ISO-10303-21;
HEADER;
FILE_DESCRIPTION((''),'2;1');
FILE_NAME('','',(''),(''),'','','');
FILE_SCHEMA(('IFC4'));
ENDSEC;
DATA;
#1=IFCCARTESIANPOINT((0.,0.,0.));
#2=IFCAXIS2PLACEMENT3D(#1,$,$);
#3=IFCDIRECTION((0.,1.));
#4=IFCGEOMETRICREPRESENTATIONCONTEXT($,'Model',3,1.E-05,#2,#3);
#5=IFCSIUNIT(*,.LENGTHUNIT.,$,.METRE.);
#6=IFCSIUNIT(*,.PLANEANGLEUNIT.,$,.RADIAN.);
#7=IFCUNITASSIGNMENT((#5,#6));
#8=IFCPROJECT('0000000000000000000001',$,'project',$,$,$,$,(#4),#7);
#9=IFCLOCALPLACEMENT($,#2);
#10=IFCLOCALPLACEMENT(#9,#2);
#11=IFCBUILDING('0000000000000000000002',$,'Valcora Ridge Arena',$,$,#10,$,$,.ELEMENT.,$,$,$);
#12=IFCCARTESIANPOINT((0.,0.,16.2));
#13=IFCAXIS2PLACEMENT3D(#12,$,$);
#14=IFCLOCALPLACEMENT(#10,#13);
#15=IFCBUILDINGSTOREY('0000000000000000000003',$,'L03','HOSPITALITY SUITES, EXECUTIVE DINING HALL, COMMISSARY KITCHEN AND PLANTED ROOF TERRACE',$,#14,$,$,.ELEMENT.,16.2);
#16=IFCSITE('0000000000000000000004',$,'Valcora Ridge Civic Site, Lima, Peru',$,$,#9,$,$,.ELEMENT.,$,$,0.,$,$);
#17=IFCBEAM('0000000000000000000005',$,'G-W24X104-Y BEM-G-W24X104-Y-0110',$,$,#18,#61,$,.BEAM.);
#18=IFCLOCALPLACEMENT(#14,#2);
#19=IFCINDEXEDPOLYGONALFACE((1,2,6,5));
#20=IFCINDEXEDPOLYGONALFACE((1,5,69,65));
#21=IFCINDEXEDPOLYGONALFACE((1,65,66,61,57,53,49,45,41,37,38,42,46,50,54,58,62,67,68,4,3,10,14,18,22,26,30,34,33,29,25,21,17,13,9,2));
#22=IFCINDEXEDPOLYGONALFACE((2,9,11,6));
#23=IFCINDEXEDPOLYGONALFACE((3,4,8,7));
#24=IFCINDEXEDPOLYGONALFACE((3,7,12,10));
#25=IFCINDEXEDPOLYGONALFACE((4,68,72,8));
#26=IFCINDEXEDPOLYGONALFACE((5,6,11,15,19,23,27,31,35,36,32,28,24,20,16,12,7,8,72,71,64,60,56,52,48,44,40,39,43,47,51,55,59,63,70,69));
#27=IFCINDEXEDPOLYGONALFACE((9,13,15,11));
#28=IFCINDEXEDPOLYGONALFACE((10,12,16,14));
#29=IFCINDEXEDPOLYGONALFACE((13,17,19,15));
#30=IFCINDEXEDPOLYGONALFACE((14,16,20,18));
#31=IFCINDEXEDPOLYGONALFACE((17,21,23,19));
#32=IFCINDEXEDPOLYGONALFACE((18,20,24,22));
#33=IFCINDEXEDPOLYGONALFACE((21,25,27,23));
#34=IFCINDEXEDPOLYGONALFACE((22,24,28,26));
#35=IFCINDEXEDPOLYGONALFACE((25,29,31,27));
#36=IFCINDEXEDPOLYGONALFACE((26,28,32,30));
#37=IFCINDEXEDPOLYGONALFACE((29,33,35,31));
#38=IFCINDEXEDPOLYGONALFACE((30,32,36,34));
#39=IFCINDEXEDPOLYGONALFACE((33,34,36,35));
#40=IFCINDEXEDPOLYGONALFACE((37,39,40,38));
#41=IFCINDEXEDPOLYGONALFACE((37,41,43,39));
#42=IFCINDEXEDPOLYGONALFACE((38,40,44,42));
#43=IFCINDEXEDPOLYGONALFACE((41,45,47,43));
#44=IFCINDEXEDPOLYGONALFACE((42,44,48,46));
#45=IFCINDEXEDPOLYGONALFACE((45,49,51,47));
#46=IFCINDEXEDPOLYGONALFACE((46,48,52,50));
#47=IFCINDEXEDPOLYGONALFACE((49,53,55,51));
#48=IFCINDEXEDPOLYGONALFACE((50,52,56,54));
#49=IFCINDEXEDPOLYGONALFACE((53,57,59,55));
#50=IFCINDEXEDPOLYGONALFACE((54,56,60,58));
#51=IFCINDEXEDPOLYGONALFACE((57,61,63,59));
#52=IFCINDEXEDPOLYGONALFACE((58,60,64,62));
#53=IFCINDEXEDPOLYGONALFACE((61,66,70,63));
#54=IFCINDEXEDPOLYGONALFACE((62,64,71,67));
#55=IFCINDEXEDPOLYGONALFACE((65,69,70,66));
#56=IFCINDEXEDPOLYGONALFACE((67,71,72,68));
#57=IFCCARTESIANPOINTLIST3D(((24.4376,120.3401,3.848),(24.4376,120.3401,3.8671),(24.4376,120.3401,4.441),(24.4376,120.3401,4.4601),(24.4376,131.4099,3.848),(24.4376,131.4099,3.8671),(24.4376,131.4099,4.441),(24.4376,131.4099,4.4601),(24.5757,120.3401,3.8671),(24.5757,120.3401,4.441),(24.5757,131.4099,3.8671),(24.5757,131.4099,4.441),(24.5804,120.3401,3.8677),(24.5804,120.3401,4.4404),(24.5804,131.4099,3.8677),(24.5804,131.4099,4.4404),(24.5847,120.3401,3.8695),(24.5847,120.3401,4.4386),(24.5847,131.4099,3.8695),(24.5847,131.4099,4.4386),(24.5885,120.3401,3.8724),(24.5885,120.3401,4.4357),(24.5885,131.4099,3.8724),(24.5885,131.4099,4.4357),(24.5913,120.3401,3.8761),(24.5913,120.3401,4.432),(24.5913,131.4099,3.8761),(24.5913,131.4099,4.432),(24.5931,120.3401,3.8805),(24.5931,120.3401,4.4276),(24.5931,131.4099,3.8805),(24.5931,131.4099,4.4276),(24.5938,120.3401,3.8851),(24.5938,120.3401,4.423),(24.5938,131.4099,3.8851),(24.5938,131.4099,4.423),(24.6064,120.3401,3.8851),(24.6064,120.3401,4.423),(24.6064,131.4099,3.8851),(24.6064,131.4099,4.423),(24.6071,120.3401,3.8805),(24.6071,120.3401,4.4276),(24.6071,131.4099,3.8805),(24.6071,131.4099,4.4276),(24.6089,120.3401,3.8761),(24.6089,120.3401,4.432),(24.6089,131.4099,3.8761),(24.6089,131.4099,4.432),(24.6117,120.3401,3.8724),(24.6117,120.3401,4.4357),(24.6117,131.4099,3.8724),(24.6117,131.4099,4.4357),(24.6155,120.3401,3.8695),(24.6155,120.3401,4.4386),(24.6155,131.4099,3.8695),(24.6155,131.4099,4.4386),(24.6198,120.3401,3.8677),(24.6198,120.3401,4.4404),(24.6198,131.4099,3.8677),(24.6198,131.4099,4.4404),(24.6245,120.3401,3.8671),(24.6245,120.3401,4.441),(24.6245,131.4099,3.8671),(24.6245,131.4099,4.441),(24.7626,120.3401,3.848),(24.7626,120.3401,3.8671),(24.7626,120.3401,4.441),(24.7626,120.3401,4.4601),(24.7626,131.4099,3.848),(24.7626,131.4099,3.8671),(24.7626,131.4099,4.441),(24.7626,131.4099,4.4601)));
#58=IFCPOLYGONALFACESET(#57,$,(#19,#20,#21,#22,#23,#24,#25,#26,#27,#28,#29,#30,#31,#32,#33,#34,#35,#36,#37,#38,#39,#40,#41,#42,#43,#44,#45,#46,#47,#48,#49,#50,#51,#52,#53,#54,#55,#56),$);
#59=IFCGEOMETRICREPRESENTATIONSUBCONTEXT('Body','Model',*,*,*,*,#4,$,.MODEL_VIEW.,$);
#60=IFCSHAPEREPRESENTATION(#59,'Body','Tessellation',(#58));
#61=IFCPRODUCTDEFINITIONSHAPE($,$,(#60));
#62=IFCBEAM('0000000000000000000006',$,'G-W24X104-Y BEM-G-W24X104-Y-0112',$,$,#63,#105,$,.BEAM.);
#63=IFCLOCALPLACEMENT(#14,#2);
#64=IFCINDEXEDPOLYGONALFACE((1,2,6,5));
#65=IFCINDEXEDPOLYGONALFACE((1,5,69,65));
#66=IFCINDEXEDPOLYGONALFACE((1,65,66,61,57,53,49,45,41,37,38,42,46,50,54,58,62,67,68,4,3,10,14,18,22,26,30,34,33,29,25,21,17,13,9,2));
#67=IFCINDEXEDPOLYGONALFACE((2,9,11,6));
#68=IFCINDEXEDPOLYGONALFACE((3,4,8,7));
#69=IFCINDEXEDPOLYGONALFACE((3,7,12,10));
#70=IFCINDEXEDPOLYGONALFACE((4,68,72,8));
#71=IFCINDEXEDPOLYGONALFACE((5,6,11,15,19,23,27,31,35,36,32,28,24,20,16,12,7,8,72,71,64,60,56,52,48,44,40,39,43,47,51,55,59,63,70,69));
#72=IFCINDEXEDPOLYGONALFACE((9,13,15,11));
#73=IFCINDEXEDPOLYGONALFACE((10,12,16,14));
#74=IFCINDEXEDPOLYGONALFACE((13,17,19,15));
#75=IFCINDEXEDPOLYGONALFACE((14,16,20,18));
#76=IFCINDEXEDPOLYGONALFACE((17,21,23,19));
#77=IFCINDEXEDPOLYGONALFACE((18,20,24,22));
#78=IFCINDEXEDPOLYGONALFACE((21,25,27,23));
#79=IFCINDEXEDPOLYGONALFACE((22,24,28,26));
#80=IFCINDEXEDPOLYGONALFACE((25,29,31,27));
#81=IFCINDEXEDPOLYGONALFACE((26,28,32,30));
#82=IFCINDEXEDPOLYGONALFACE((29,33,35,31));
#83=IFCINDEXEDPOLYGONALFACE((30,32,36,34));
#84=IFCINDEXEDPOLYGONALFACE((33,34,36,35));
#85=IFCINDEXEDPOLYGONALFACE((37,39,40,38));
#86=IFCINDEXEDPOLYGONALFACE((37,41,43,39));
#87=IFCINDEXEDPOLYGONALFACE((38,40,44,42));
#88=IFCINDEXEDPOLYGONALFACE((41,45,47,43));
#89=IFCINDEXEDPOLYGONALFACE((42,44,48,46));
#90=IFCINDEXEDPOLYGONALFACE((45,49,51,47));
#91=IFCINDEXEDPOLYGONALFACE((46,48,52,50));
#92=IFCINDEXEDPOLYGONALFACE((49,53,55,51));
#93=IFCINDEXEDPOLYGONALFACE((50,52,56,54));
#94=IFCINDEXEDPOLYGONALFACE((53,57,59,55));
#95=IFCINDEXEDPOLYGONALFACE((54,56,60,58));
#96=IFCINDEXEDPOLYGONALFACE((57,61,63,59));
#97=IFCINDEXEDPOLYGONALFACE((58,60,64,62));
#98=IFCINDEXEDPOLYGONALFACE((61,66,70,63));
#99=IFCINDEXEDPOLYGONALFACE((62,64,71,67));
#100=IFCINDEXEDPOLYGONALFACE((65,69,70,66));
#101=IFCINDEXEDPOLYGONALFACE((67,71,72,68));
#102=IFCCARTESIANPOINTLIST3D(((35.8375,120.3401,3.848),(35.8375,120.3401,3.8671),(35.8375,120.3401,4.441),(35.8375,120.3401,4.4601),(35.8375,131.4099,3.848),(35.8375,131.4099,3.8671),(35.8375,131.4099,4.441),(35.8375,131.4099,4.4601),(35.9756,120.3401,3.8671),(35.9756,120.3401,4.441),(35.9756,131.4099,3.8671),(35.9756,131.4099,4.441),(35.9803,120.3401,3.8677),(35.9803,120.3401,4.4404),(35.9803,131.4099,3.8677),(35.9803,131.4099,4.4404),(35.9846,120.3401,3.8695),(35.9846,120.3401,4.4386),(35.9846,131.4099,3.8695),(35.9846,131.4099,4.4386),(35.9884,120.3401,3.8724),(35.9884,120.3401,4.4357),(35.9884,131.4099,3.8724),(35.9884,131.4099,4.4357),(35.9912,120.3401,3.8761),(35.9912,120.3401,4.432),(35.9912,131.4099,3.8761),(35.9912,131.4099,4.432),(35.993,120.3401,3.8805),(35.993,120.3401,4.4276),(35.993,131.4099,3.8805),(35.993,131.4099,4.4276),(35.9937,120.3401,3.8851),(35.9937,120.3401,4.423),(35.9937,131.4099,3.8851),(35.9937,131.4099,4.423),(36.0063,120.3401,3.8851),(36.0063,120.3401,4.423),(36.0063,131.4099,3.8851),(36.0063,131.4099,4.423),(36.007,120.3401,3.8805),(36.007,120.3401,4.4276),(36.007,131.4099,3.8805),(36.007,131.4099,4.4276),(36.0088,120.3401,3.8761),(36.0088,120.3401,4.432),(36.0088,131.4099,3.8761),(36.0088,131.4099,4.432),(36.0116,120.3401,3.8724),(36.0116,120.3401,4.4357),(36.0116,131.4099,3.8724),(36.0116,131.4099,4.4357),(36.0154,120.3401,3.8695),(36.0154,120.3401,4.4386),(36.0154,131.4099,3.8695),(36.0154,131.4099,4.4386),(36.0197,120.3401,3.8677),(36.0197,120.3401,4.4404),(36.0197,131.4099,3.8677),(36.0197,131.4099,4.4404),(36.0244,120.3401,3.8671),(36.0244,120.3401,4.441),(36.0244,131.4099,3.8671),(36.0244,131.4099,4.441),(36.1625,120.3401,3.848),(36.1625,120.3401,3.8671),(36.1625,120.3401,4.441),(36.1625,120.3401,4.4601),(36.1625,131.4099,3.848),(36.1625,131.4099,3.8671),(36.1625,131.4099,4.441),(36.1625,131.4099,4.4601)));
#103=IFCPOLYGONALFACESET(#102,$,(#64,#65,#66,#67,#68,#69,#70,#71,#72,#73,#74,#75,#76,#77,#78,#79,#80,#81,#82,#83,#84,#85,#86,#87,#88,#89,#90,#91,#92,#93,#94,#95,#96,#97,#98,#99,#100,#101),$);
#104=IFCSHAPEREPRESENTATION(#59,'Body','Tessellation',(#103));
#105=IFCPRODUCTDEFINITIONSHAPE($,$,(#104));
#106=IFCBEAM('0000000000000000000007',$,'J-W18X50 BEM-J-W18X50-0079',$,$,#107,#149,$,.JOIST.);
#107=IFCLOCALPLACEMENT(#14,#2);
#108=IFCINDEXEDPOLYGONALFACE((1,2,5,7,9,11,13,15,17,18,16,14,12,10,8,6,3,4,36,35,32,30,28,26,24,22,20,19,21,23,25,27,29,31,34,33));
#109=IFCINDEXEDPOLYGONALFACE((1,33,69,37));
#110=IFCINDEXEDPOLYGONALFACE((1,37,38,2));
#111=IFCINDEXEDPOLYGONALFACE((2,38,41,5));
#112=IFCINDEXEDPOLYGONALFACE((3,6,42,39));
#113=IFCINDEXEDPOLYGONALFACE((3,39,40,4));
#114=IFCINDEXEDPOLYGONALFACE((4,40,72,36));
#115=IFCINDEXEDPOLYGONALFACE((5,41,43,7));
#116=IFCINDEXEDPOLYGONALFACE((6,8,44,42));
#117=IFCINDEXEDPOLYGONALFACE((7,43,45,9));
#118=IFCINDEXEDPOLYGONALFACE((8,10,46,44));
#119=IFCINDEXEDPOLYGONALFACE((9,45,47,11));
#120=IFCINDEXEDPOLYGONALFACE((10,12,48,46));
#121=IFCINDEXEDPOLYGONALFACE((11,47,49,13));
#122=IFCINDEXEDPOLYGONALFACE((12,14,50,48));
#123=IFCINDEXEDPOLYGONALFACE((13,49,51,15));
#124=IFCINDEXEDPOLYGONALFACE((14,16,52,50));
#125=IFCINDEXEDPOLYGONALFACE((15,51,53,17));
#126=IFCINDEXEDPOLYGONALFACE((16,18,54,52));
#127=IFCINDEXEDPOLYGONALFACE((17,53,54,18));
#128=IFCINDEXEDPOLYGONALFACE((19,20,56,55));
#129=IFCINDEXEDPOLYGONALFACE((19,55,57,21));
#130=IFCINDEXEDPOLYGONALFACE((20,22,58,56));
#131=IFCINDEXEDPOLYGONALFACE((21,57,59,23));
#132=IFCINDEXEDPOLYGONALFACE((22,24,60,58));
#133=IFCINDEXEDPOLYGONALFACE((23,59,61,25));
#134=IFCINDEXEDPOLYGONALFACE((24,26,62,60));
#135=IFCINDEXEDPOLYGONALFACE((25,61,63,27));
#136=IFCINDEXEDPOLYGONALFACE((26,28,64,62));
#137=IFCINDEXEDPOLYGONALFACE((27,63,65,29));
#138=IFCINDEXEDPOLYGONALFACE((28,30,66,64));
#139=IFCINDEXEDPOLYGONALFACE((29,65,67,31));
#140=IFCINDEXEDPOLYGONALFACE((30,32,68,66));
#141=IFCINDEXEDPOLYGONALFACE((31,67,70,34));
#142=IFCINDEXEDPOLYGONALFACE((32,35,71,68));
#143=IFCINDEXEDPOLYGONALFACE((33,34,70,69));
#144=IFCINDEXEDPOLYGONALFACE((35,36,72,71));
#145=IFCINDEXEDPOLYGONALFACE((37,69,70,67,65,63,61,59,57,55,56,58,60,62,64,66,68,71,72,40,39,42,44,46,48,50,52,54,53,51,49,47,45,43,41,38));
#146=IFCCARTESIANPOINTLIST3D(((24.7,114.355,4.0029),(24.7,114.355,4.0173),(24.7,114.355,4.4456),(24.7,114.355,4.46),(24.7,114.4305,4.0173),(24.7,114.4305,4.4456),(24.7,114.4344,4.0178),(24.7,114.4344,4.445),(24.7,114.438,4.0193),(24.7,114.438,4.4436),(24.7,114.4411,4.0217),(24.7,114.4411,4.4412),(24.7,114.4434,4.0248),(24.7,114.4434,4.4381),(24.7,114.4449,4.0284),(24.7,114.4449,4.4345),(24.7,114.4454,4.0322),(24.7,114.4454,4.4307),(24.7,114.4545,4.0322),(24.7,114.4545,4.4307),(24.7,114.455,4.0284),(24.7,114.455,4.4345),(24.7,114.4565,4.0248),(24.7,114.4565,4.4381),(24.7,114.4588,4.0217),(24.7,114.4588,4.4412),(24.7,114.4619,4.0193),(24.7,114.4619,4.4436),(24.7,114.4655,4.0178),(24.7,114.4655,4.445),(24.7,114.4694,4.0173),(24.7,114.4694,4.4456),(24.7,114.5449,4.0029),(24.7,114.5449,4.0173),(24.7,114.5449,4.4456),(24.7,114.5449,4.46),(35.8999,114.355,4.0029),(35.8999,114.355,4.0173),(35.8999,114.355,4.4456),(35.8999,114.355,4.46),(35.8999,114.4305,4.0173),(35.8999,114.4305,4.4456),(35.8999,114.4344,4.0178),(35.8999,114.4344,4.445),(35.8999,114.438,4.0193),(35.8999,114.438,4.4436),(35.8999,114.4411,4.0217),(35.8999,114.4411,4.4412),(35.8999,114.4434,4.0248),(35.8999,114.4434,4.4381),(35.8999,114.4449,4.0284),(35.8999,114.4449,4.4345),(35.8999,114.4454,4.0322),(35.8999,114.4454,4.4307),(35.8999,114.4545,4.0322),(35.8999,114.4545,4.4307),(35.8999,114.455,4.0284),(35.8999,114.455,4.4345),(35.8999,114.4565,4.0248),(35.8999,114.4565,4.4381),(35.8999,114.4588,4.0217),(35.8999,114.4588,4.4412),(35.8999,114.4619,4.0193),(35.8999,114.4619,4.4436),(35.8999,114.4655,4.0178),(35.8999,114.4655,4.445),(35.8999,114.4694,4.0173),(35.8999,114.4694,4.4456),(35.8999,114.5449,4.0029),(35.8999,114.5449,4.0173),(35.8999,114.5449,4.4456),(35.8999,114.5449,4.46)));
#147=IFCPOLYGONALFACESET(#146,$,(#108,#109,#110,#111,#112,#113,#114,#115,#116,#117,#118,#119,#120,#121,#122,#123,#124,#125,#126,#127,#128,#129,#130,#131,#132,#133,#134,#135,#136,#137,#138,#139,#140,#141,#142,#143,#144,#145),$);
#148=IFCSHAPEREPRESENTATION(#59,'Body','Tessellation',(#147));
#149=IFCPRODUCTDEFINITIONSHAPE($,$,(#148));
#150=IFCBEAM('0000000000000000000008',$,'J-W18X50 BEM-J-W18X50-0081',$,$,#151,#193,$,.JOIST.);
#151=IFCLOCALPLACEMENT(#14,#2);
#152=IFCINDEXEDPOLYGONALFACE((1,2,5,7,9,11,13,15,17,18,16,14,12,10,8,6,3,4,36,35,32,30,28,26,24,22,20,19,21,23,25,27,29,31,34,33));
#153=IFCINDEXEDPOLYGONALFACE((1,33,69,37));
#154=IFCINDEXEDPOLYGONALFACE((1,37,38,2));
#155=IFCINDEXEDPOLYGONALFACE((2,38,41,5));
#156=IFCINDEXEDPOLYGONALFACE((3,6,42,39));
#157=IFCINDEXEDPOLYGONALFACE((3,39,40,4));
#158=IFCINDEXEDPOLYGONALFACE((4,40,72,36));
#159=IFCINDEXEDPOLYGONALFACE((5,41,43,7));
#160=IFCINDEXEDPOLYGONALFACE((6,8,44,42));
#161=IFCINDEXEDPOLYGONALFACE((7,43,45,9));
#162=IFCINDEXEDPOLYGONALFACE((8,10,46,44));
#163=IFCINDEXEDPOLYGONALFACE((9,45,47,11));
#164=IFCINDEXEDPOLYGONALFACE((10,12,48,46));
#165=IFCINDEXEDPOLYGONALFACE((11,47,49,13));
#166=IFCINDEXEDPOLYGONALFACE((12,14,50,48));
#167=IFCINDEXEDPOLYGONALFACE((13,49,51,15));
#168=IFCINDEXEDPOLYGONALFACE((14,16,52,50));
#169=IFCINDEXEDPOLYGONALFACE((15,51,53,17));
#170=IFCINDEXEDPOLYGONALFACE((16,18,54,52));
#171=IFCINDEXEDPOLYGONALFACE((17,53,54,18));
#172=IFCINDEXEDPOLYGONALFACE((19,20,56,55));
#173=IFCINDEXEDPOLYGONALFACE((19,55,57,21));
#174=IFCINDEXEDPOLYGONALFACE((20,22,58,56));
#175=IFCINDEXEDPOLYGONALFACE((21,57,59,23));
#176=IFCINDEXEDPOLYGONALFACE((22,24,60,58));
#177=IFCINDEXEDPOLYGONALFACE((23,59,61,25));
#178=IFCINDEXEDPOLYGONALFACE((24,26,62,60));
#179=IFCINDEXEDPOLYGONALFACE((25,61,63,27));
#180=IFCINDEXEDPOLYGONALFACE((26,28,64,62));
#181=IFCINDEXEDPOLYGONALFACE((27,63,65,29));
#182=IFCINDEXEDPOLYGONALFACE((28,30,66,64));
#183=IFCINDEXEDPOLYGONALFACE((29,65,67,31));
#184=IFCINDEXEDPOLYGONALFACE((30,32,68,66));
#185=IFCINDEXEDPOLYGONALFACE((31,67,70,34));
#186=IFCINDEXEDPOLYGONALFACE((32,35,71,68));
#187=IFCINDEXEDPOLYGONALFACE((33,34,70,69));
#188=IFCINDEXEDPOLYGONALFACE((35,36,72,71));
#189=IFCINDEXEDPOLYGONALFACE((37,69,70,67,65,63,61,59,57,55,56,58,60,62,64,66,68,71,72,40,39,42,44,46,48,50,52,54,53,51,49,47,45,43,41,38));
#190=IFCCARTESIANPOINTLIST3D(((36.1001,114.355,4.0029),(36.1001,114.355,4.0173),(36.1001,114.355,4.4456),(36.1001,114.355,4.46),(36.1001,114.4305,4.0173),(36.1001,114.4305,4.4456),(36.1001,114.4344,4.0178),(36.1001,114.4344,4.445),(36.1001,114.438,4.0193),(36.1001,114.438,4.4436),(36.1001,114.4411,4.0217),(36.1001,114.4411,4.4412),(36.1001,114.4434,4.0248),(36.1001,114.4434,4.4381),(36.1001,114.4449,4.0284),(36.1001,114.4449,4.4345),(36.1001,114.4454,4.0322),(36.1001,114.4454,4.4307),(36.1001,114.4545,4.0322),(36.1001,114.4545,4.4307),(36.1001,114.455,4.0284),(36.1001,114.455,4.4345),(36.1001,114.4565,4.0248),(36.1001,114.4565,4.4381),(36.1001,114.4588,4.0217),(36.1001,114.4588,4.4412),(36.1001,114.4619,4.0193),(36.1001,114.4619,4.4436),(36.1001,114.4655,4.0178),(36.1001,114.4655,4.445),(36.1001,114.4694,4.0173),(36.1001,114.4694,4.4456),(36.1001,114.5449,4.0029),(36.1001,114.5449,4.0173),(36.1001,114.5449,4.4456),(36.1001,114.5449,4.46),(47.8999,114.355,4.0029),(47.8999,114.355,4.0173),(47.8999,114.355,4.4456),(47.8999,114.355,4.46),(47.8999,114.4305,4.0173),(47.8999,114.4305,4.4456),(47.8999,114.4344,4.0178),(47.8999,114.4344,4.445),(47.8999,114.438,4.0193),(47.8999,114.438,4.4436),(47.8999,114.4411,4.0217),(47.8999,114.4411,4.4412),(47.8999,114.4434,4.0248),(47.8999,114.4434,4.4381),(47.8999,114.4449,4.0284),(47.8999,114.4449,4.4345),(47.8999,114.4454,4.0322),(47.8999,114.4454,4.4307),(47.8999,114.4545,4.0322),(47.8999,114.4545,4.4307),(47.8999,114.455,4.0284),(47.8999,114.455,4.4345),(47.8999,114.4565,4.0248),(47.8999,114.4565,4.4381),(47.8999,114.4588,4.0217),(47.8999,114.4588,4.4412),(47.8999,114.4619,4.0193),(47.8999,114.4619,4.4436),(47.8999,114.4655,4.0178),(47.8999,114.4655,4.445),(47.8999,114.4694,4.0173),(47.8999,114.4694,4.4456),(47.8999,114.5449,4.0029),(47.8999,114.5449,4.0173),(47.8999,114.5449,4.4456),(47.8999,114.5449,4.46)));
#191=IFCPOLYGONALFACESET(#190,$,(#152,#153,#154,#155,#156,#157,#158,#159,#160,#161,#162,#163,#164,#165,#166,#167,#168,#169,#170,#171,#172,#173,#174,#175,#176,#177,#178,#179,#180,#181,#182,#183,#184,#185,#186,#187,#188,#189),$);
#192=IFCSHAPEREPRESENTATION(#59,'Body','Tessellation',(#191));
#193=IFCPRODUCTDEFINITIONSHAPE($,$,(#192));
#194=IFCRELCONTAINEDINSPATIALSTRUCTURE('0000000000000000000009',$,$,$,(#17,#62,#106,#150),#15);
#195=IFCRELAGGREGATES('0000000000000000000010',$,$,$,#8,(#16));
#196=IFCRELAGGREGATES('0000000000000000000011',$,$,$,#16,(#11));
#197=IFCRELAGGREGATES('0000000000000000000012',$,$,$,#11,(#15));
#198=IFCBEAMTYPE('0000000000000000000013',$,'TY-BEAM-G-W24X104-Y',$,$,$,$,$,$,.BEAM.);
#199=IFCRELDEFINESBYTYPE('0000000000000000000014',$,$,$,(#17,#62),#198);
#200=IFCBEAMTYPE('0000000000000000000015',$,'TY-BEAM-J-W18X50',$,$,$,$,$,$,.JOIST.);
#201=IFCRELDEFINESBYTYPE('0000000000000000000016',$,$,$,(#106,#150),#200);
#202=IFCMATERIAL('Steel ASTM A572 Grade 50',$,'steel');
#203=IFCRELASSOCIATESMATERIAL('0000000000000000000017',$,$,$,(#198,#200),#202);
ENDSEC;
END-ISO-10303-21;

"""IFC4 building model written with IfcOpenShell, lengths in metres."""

from ifc_helpers import new_model, si_unit, direction, frame, origin, origin_2d, place, context, subcontext, project, spatial, i_section, extrude, material, material_profile, profile_set, type_object, element, save


model = new_model("IFC4")

# Units and contexts
model_context = context("Model", 3, precision=1e-05, world=origin(), true_north=direction((0.0, 1.0)))
body_context = subcontext(model_context, "Body", "Model", "MODEL_VIEW")
ifc_project = project(units=[si_unit("LENGTHUNIT", "METRE"), si_unit("PLANEANGLEUNIT", "RADIAN")], contexts=[model_context])

# Site, building, storey
site_placement = place(None, origin())
site = spatial("IfcSite", under=ifc_project, at=site_placement, Name="Valcora Ridge Civic Site, Lima, Peru", CompositionType="ELEMENT", RefElevation=0.0)
building_placement = place(site_placement, origin())
building = spatial("IfcBuilding", under=site, at=building_placement, Name="Valcora Ridge Arena", CompositionType="ELEMENT")
storey_placement = place(building_placement, frame((0.0, 0.0, 16.2)))
storey = spatial("IfcBuildingStorey", under=building, at=storey_placement, Name="L03", Description="HOSPITALITY SUITES, EXECUTIVE DINING HALL, COMMISSARY KITCHEN AND PLANTED ROOF TERRACE", CompositionType="ELEMENT", Elevation=16.2)

# Beams
ifc_material_1 = material(Name="Steel ASTM A572 Grade 50", Category="steel")
ifc_material_profile_1 = material_profile(ifc_material_1, i_section(OverallWidth=0.325, OverallDepth=0.6121, WebThickness=0.0127, FlangeThickness=0.019, FilletRadius=0.0181, at=origin_2d()), Name="W24X104")
ifc_profile_set_1 = profile_set([ifc_material_profile_1], Name="Steel ASTM A572 Grade 50")
beam_type_1 = type_object("IfcBeamType", Name="TY-BEAM-G-W24X104-Y", PredefinedType="BEAM", material=ifc_profile_set_1)
for number, where, z_axis, x_axis, name in (
    (1, (24.6001, 120.3401, 4.1541), (0.0, 1.0, 0.0), (-1.0, 0.0, 0.0), "G-W24X104-Y BEM-G-W24X104-Y-0110"),
    (2, (36.0, 120.3401, 4.1541), (0.0, 1.0, 0.0), (-1.0, 0.0, 0.0), "G-W24X104-Y BEM-G-W24X104-Y-0112"),
):
    element("IfcBeam", number, at=place(storey_placement, frame(where, z_axis=z_axis, x_axis=x_axis)), inside=storey, type_object=beam_type_1, Name=name, PredefinedType="BEAM", context=body_context, shape_type="SweptSolid", body=[
        extrude(i_section(OverallWidth=0.325, OverallDepth=0.6121, WebThickness=0.0127, FlangeThickness=0.019, FilletRadius=0.0181, at=origin_2d()), origin(), (0.0, 0.0, 1.0), 11.0698),
    ])
ifc_material_profile_2 = material_profile(ifc_material_1, i_section(OverallWidth=0.1899, OverallDepth=0.457, WebThickness=0.009, FlangeThickness=0.0144, FilletRadius=0.0149, at=origin_2d()), Name="W18X50")
ifc_profile_set_2 = profile_set([ifc_material_profile_2], Name="Steel ASTM A572 Grade 50")
beam_type_2 = type_object("IfcBeamType", Name="TY-BEAM-J-W18X50", PredefinedType="JOIST", material=ifc_profile_set_2)
beam_1_placement = place(storey_placement, frame((24.7, 114.45, 4.2314), z_axis=(1.0, 0.0, 0.0), x_axis=(0.0, 1.0, 0.0)))
element("IfcBeam", 3, at=beam_1_placement, inside=storey, type_object=beam_type_2, Name="J-W18X50 BEM-J-W18X50-0079", PredefinedType="JOIST", context=body_context, shape_type="SweptSolid", body=[
    extrude(i_section(OverallWidth=0.1899, OverallDepth=0.457, WebThickness=0.009, FlangeThickness=0.0144, FilletRadius=0.0149, at=origin_2d()), origin(), (0.0, 0.0, 1.0), 11.2),
])
beam_2_placement = place(storey_placement, frame((36.1001, 114.45, 4.2314), z_axis=(1.0, 0.0, 0.0), x_axis=(0.0, 1.0, 0.0)))
element("IfcBeam", 4, at=beam_2_placement, inside=storey, type_object=beam_type_2, Name="J-W18X50 BEM-J-W18X50-0081", PredefinedType="JOIST", context=body_context, shape_type="SweptSolid", body=[
    extrude(i_section(OverallWidth=0.1899, OverallDepth=0.457, WebThickness=0.009, FlangeThickness=0.0144, FilletRadius=0.0149, at=origin_2d()), origin(), (0.0, 0.0, 1.0), 11.7998),
])

save(model, "model.ifc")
